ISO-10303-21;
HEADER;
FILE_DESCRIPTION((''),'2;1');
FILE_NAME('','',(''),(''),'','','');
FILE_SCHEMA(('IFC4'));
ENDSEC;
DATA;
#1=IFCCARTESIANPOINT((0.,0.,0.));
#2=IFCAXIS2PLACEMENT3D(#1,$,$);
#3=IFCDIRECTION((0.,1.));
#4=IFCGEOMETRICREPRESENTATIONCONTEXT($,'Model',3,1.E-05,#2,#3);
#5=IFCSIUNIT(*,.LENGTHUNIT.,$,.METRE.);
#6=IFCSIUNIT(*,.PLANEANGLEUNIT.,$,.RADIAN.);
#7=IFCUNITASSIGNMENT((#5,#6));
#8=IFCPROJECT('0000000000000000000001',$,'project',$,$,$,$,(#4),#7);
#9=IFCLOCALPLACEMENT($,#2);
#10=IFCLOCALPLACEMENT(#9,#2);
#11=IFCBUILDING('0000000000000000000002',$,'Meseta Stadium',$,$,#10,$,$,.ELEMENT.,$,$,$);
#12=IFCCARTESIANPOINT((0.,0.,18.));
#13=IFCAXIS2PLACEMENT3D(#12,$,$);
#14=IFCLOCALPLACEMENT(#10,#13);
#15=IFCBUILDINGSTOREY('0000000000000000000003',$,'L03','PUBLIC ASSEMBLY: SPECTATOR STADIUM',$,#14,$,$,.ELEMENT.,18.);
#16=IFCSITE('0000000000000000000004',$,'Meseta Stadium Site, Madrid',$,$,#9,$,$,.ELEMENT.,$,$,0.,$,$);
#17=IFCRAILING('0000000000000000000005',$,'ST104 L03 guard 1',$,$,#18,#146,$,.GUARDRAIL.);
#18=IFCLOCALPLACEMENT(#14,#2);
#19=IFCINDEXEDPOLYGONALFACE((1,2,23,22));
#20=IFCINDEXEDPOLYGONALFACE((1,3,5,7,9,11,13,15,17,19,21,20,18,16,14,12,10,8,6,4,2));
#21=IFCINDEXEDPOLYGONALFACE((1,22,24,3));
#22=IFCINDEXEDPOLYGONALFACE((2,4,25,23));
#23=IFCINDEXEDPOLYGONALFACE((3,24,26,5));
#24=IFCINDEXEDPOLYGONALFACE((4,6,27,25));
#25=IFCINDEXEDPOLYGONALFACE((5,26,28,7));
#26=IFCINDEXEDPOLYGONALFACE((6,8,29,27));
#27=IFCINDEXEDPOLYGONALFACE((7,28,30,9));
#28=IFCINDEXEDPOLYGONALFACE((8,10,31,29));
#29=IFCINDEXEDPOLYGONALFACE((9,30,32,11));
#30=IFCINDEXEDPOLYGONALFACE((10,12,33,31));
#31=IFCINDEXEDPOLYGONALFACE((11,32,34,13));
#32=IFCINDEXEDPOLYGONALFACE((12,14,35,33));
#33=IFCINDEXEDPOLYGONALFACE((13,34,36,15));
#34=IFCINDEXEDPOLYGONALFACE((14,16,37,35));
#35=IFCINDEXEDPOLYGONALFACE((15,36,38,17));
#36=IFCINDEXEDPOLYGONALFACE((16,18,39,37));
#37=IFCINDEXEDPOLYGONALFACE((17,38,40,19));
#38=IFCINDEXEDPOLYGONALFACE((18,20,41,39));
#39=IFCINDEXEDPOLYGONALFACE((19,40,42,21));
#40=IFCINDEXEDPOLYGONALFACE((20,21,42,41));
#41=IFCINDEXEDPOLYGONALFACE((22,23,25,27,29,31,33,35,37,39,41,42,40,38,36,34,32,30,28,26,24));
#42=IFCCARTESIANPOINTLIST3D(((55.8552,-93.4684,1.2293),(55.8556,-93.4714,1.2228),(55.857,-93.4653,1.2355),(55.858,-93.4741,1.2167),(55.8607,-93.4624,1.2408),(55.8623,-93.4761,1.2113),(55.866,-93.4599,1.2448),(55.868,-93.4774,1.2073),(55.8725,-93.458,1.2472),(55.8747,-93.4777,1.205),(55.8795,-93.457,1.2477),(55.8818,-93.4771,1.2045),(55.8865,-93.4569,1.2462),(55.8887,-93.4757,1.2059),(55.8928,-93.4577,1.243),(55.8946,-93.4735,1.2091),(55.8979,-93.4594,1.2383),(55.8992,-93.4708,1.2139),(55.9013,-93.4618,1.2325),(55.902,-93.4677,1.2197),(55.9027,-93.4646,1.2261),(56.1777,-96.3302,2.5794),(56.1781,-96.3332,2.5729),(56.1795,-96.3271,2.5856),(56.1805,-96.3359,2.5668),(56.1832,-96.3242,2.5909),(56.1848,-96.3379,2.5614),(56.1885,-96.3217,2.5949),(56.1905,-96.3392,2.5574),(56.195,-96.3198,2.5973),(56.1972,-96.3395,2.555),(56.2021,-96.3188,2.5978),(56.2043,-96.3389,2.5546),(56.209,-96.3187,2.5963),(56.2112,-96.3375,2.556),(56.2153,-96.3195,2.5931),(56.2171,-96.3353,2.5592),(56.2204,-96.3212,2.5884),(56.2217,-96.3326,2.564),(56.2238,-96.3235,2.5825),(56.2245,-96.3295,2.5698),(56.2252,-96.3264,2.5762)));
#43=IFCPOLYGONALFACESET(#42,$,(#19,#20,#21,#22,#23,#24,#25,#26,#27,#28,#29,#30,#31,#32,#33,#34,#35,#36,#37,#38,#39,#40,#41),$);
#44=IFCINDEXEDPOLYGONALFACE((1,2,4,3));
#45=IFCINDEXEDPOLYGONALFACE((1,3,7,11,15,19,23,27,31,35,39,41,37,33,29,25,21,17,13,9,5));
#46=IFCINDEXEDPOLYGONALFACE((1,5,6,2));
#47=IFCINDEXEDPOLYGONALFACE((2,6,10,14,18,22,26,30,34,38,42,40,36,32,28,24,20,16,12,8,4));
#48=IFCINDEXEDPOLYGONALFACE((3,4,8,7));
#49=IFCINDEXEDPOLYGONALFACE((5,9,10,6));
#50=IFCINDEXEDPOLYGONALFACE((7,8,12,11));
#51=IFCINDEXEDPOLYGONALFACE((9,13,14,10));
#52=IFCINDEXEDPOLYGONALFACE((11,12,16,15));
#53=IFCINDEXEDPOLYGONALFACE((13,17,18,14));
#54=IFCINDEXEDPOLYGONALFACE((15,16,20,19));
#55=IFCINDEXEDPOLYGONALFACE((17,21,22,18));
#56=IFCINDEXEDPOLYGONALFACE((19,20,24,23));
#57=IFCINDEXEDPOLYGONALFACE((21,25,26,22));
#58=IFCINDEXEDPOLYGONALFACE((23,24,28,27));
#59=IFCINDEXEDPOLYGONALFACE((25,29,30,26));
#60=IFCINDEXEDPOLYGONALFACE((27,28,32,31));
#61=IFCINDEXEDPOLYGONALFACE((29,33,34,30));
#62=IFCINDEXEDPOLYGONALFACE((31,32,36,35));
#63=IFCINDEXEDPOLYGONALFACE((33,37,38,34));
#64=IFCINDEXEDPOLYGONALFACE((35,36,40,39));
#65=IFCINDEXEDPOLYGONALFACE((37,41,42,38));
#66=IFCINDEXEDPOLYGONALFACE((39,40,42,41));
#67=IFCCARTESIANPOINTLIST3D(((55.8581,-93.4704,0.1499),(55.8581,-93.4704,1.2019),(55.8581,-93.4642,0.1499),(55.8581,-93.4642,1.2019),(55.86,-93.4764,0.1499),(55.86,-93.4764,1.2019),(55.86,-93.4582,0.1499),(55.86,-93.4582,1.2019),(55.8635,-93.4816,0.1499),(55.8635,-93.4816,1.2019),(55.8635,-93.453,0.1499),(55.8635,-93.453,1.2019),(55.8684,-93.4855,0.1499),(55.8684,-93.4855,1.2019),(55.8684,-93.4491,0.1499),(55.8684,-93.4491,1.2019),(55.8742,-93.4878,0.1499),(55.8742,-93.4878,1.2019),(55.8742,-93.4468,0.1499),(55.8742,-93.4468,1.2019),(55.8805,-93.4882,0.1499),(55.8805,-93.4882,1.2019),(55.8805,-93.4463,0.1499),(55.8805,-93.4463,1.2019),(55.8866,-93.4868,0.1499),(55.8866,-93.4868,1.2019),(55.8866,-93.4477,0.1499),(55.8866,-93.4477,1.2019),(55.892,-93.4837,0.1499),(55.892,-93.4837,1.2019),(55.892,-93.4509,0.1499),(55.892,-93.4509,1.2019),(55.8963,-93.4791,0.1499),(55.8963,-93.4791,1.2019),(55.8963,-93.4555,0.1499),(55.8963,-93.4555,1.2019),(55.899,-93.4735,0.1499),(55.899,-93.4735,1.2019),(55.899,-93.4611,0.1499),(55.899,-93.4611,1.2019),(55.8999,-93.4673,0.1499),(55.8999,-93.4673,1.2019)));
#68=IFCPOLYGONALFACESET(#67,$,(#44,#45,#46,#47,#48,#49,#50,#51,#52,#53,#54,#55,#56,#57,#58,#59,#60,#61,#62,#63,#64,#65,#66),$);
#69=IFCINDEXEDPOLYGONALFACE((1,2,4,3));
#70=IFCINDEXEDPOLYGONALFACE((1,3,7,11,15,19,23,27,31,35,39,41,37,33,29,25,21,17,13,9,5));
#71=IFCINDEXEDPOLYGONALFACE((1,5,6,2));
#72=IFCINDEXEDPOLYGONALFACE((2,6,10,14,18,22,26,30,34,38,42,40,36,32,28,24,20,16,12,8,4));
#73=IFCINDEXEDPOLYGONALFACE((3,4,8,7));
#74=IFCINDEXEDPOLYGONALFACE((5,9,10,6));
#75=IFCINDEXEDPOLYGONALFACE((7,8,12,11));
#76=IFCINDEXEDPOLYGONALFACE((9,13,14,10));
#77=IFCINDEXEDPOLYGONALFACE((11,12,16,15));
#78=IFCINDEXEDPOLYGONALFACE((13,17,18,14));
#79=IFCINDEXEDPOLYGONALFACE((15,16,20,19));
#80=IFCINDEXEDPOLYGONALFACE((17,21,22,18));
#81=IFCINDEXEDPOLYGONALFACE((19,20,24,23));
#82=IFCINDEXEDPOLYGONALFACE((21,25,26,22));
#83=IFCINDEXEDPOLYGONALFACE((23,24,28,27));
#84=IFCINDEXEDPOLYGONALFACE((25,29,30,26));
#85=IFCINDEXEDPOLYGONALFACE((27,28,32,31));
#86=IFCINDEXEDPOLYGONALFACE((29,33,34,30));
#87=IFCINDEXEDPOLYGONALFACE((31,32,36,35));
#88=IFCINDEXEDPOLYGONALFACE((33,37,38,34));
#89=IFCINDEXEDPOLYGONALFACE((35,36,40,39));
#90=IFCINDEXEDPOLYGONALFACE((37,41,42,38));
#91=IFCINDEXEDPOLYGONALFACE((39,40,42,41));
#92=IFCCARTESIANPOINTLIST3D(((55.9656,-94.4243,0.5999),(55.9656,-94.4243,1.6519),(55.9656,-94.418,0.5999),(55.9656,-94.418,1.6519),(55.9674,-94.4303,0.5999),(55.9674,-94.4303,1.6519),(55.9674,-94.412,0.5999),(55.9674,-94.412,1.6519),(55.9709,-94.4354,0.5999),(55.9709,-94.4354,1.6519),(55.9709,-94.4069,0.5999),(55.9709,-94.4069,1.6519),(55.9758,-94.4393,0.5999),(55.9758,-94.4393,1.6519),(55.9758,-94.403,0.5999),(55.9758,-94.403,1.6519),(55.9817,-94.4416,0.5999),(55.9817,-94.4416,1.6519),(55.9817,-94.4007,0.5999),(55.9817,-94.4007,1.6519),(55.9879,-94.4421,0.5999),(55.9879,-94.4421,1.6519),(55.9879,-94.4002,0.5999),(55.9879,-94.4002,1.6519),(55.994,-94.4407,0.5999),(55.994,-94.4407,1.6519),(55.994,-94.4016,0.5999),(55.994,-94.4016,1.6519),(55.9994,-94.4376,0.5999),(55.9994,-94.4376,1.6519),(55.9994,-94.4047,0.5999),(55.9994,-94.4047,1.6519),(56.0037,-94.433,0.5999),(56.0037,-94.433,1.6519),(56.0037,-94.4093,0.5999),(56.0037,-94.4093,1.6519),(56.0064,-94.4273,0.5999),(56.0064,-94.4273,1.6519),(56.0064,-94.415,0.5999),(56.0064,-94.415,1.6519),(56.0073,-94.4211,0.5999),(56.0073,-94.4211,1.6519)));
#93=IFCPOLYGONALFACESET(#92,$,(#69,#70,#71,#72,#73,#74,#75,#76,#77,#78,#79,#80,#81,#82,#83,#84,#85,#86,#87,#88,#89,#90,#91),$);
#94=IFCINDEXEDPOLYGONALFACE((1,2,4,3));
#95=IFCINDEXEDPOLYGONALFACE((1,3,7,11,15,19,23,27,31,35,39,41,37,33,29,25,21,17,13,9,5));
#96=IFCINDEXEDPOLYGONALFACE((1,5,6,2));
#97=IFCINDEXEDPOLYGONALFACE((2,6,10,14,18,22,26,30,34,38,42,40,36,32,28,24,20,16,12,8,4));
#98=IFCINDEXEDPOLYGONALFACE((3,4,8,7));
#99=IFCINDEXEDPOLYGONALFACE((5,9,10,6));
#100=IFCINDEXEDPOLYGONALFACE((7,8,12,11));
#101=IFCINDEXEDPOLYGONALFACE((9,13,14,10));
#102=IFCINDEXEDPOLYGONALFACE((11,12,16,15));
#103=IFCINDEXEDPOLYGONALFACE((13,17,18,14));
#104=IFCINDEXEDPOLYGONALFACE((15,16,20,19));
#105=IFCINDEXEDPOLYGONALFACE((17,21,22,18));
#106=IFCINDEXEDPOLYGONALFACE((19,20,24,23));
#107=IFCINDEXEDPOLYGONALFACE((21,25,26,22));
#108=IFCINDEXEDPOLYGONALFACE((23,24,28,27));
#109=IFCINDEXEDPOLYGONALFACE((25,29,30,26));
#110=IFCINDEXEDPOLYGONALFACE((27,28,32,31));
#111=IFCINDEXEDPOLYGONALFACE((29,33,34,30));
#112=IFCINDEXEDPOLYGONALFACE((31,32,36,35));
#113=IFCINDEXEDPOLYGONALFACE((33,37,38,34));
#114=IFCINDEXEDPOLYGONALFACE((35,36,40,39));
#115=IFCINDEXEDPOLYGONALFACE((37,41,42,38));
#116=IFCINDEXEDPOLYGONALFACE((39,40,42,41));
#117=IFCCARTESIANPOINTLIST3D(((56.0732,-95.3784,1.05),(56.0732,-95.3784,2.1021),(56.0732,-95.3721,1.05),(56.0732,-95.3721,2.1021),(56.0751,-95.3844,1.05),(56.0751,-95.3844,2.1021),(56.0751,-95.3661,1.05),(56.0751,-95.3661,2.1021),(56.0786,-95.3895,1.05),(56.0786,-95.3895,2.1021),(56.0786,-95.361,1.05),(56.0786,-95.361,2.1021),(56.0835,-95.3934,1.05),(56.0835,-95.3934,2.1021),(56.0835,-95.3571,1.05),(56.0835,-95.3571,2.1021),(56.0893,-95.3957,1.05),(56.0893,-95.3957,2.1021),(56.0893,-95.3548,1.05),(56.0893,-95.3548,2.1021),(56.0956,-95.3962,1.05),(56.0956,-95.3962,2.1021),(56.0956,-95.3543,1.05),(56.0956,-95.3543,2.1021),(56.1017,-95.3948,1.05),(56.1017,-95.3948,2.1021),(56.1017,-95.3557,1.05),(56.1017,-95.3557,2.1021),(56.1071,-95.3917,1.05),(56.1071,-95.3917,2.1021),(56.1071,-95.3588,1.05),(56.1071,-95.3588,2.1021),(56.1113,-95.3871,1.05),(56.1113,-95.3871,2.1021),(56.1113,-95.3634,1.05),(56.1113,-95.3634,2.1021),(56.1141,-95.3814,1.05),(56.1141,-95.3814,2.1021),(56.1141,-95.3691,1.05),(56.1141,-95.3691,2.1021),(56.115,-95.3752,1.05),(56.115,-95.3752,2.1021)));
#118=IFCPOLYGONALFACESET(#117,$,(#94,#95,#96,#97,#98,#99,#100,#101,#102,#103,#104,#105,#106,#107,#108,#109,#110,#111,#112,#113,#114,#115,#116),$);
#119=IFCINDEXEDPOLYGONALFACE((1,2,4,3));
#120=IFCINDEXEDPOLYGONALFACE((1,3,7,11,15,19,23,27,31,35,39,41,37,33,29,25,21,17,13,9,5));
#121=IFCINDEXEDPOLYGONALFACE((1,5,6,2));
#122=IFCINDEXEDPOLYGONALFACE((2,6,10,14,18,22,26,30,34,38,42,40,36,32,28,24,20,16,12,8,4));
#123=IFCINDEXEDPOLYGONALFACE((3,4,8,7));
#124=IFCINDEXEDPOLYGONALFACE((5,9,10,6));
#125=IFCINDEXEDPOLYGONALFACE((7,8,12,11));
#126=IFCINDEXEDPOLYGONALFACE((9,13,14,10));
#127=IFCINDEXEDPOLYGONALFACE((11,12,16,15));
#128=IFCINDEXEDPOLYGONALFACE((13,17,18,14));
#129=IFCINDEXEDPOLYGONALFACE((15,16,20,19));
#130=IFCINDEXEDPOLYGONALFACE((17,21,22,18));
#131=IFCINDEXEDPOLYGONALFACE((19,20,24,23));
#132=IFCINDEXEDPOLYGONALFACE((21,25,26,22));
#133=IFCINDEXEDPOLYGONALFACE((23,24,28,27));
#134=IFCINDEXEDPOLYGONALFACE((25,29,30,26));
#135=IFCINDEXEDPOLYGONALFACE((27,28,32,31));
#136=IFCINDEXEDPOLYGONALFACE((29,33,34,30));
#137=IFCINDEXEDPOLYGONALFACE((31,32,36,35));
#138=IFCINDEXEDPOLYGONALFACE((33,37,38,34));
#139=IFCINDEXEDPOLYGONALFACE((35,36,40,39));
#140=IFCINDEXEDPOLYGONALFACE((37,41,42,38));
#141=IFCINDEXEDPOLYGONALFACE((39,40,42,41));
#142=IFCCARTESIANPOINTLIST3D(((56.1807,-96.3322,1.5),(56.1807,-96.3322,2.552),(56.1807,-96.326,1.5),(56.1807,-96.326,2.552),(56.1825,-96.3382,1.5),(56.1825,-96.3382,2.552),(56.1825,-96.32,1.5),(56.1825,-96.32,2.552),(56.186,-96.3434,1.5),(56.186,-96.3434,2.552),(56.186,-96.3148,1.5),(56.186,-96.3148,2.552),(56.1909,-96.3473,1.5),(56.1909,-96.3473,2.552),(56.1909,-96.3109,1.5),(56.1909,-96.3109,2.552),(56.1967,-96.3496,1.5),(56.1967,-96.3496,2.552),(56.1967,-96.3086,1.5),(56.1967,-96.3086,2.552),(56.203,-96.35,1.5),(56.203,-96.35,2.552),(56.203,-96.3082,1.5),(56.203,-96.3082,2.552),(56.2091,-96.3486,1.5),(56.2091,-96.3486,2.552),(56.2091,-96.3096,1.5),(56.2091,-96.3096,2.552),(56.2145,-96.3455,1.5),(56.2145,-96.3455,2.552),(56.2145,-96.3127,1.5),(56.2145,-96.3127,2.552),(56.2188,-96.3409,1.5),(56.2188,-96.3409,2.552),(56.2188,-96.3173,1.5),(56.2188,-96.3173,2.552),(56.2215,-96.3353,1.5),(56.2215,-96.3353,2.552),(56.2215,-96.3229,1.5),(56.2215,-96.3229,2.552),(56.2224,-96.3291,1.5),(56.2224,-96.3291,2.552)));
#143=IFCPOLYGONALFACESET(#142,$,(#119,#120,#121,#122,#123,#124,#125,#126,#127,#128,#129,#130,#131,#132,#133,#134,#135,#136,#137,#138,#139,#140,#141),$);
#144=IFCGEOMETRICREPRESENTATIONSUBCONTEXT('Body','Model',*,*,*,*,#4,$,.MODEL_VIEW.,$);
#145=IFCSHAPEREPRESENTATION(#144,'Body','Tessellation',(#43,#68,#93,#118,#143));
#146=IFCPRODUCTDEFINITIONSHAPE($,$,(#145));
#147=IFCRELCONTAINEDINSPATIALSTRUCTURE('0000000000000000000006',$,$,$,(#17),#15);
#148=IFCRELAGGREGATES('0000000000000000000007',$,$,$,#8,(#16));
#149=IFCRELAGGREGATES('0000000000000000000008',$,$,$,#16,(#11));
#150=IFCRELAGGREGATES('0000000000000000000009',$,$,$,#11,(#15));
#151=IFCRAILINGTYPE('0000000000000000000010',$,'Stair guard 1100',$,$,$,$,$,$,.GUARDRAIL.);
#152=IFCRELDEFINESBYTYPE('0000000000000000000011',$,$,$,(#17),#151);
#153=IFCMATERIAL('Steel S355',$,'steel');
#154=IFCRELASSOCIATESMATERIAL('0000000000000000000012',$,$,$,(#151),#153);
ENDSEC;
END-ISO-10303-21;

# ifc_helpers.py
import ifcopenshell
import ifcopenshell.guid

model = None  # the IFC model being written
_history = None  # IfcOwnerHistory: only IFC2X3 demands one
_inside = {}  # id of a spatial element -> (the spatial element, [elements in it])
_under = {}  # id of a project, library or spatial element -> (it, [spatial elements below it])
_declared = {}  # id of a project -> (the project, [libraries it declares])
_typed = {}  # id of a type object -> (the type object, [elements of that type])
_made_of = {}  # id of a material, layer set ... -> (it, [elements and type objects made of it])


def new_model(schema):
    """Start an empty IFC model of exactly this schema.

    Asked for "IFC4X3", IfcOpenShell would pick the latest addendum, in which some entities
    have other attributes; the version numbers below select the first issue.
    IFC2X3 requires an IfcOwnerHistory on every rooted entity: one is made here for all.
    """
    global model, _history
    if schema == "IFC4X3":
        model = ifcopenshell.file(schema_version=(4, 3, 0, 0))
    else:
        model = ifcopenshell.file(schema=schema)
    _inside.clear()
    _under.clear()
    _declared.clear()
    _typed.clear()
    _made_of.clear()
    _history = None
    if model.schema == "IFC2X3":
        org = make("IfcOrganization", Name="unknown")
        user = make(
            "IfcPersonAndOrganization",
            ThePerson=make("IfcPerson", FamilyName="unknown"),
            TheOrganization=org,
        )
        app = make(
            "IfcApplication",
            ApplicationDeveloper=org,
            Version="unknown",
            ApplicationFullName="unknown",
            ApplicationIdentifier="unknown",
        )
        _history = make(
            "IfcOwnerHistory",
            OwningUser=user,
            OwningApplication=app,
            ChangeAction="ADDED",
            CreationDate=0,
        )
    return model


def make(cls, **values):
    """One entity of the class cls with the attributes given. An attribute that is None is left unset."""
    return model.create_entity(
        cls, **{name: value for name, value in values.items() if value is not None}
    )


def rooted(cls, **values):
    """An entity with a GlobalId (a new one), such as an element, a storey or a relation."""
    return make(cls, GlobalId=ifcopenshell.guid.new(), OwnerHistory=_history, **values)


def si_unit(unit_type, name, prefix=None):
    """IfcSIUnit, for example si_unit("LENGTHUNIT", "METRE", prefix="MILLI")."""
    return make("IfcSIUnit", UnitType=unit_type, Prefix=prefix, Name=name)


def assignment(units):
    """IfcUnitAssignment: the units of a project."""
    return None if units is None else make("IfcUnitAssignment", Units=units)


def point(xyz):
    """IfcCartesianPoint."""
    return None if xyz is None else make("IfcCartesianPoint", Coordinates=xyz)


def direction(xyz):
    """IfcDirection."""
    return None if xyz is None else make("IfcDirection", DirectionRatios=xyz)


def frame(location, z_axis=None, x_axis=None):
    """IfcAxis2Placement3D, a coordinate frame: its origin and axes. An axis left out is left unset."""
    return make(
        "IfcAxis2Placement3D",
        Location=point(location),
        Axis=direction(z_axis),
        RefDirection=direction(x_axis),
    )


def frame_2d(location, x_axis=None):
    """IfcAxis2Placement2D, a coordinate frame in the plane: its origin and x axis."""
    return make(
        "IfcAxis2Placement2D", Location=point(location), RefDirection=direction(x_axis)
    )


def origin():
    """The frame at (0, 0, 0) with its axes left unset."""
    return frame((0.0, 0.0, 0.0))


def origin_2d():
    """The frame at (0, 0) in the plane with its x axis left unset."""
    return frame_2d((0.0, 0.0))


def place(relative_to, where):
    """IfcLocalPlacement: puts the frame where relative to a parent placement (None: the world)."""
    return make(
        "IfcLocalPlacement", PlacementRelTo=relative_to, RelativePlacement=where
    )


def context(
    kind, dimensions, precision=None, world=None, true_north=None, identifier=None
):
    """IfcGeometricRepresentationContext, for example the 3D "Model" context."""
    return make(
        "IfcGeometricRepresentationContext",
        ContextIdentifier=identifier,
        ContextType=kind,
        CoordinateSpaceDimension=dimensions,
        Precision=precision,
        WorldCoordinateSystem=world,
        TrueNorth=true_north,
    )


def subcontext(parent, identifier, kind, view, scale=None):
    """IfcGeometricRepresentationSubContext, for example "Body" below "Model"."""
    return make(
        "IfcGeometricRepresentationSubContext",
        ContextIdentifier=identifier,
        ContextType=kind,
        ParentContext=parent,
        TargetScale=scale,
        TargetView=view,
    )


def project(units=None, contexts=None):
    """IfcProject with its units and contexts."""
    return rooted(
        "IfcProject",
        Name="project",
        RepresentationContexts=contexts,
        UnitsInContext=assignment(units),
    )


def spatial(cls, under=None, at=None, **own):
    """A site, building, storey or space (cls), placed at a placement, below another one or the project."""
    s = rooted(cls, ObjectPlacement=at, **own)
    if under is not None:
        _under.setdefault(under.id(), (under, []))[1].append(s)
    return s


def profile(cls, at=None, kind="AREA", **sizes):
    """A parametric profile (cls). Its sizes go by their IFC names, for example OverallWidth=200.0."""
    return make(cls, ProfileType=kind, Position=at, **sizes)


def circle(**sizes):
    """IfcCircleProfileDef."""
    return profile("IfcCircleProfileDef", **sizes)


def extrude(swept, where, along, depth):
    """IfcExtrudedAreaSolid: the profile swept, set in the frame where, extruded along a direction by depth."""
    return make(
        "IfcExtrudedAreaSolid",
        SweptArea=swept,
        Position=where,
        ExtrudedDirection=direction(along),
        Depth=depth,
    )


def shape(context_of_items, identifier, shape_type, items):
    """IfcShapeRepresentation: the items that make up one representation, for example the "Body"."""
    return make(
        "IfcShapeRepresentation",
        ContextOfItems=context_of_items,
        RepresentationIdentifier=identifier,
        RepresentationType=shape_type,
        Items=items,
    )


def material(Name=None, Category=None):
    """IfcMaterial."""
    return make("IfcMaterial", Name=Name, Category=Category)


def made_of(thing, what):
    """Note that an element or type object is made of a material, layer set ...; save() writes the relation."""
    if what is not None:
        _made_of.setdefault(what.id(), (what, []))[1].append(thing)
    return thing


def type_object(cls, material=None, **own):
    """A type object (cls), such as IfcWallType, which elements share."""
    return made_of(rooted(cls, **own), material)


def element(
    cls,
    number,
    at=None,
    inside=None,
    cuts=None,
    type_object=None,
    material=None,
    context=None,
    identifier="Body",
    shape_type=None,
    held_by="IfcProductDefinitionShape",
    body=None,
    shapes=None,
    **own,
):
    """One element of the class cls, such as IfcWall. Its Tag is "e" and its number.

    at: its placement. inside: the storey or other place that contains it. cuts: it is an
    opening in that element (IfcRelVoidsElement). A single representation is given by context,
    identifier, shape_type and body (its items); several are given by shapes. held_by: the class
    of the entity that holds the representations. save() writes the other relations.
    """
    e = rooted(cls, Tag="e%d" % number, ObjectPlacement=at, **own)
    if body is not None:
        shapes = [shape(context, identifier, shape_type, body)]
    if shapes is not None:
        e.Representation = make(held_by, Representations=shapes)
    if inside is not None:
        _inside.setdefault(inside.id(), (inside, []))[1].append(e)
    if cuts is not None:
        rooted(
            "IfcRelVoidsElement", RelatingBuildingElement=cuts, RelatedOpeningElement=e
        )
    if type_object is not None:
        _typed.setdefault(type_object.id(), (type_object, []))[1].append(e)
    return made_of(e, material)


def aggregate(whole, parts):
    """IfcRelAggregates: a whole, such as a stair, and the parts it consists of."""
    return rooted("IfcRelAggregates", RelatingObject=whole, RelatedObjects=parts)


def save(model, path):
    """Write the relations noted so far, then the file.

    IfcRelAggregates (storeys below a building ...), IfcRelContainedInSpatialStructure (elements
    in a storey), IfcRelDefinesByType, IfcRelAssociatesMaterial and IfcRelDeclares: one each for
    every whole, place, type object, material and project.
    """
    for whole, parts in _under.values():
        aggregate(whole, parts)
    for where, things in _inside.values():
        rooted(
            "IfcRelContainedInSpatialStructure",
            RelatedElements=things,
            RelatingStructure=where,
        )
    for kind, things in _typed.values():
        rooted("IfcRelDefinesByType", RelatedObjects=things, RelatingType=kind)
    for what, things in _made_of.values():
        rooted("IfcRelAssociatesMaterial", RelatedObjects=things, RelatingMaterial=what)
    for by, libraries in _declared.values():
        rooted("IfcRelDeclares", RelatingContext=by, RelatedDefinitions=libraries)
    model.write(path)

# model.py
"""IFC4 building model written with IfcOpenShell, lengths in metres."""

from ifc_helpers import new_model, si_unit, direction, frame, origin, origin_2d, place, context, subcontext, project, spatial, circle, extrude, material, type_object, element, save


model = new_model("IFC4")

# Units and contexts
model_context = context("Model", 3, precision=1e-05, world=origin(), true_north=direction((0.0, 1.0)))
body_context = subcontext(model_context, "Body", "Model", "MODEL_VIEW")
ifc_project = project(units=[si_unit("LENGTHUNIT", "METRE"), si_unit("PLANEANGLEUNIT", "RADIAN")], contexts=[model_context])

# Site, building, storey
site_placement = place(None, origin())
site = spatial("IfcSite", under=ifc_project, at=site_placement, Name="Meseta Stadium Site, Madrid", CompositionType="ELEMENT", RefElevation=0.0)
building_placement = place(site_placement, origin())
building = spatial("IfcBuilding", under=site, at=building_placement, Name="Meseta Stadium", CompositionType="ELEMENT")
storey_placement = place(building_placement, frame((0.0, 0.0, 18.0)))
storey = spatial("IfcBuildingStorey", under=building, at=storey_placement, Name="L03", Description="PUBLIC ASSEMBLY: SPECTATOR STADIUM", CompositionType="ELEMENT", Elevation=18.0)

# Railing
ifc_material_1 = material(Name="Steel S355", Category="steel")
railing_type_1 = type_object("IfcRailingType", Name="Stair guard 1100", PredefinedType="GUARDRAIL", material=ifc_material_1)
railing_1_placement = place(storey_placement, frame((55.8789, -93.4673, 0.1499)))
element("IfcRailing", 1, at=railing_1_placement, inside=storey, type_object=railing_type_1, Name="ST104 L03 guard 1", PredefinedType="GUARDRAIL", context=body_context, shape_type="SweptSolid", body=[
    extrude(circle(Radius=0.0239, at=origin_2d()), frame((0.0, 0.0, 1.0762), z_axis=(0.101396, -0.899748, 0.424467), x_axis=(0.99371, 0.111985, 0.0)), (0.0, 0.0, 1.0), 3.1807),
    extrude(circle(Radius=0.021, at=origin_2d()), origin(), (0.0, 0.0, 1.0), 1.052),
    extrude(circle(Radius=0.021, at=origin_2d()), frame((0.1074, -0.9539, 0.45)), (0.0, 0.0, 1.0), 1.052),
    extrude(circle(Radius=0.021, at=origin_2d()), frame((0.2151, -1.908, 0.9001)), (0.0, 0.0, 1.0), 1.052),
    extrude(circle(Radius=0.021, at=origin_2d()), frame((0.3225, -2.8618, 1.3501)), (0.0, 0.0, 1.0), 1.052),
])

save(model, "model.ifc")
